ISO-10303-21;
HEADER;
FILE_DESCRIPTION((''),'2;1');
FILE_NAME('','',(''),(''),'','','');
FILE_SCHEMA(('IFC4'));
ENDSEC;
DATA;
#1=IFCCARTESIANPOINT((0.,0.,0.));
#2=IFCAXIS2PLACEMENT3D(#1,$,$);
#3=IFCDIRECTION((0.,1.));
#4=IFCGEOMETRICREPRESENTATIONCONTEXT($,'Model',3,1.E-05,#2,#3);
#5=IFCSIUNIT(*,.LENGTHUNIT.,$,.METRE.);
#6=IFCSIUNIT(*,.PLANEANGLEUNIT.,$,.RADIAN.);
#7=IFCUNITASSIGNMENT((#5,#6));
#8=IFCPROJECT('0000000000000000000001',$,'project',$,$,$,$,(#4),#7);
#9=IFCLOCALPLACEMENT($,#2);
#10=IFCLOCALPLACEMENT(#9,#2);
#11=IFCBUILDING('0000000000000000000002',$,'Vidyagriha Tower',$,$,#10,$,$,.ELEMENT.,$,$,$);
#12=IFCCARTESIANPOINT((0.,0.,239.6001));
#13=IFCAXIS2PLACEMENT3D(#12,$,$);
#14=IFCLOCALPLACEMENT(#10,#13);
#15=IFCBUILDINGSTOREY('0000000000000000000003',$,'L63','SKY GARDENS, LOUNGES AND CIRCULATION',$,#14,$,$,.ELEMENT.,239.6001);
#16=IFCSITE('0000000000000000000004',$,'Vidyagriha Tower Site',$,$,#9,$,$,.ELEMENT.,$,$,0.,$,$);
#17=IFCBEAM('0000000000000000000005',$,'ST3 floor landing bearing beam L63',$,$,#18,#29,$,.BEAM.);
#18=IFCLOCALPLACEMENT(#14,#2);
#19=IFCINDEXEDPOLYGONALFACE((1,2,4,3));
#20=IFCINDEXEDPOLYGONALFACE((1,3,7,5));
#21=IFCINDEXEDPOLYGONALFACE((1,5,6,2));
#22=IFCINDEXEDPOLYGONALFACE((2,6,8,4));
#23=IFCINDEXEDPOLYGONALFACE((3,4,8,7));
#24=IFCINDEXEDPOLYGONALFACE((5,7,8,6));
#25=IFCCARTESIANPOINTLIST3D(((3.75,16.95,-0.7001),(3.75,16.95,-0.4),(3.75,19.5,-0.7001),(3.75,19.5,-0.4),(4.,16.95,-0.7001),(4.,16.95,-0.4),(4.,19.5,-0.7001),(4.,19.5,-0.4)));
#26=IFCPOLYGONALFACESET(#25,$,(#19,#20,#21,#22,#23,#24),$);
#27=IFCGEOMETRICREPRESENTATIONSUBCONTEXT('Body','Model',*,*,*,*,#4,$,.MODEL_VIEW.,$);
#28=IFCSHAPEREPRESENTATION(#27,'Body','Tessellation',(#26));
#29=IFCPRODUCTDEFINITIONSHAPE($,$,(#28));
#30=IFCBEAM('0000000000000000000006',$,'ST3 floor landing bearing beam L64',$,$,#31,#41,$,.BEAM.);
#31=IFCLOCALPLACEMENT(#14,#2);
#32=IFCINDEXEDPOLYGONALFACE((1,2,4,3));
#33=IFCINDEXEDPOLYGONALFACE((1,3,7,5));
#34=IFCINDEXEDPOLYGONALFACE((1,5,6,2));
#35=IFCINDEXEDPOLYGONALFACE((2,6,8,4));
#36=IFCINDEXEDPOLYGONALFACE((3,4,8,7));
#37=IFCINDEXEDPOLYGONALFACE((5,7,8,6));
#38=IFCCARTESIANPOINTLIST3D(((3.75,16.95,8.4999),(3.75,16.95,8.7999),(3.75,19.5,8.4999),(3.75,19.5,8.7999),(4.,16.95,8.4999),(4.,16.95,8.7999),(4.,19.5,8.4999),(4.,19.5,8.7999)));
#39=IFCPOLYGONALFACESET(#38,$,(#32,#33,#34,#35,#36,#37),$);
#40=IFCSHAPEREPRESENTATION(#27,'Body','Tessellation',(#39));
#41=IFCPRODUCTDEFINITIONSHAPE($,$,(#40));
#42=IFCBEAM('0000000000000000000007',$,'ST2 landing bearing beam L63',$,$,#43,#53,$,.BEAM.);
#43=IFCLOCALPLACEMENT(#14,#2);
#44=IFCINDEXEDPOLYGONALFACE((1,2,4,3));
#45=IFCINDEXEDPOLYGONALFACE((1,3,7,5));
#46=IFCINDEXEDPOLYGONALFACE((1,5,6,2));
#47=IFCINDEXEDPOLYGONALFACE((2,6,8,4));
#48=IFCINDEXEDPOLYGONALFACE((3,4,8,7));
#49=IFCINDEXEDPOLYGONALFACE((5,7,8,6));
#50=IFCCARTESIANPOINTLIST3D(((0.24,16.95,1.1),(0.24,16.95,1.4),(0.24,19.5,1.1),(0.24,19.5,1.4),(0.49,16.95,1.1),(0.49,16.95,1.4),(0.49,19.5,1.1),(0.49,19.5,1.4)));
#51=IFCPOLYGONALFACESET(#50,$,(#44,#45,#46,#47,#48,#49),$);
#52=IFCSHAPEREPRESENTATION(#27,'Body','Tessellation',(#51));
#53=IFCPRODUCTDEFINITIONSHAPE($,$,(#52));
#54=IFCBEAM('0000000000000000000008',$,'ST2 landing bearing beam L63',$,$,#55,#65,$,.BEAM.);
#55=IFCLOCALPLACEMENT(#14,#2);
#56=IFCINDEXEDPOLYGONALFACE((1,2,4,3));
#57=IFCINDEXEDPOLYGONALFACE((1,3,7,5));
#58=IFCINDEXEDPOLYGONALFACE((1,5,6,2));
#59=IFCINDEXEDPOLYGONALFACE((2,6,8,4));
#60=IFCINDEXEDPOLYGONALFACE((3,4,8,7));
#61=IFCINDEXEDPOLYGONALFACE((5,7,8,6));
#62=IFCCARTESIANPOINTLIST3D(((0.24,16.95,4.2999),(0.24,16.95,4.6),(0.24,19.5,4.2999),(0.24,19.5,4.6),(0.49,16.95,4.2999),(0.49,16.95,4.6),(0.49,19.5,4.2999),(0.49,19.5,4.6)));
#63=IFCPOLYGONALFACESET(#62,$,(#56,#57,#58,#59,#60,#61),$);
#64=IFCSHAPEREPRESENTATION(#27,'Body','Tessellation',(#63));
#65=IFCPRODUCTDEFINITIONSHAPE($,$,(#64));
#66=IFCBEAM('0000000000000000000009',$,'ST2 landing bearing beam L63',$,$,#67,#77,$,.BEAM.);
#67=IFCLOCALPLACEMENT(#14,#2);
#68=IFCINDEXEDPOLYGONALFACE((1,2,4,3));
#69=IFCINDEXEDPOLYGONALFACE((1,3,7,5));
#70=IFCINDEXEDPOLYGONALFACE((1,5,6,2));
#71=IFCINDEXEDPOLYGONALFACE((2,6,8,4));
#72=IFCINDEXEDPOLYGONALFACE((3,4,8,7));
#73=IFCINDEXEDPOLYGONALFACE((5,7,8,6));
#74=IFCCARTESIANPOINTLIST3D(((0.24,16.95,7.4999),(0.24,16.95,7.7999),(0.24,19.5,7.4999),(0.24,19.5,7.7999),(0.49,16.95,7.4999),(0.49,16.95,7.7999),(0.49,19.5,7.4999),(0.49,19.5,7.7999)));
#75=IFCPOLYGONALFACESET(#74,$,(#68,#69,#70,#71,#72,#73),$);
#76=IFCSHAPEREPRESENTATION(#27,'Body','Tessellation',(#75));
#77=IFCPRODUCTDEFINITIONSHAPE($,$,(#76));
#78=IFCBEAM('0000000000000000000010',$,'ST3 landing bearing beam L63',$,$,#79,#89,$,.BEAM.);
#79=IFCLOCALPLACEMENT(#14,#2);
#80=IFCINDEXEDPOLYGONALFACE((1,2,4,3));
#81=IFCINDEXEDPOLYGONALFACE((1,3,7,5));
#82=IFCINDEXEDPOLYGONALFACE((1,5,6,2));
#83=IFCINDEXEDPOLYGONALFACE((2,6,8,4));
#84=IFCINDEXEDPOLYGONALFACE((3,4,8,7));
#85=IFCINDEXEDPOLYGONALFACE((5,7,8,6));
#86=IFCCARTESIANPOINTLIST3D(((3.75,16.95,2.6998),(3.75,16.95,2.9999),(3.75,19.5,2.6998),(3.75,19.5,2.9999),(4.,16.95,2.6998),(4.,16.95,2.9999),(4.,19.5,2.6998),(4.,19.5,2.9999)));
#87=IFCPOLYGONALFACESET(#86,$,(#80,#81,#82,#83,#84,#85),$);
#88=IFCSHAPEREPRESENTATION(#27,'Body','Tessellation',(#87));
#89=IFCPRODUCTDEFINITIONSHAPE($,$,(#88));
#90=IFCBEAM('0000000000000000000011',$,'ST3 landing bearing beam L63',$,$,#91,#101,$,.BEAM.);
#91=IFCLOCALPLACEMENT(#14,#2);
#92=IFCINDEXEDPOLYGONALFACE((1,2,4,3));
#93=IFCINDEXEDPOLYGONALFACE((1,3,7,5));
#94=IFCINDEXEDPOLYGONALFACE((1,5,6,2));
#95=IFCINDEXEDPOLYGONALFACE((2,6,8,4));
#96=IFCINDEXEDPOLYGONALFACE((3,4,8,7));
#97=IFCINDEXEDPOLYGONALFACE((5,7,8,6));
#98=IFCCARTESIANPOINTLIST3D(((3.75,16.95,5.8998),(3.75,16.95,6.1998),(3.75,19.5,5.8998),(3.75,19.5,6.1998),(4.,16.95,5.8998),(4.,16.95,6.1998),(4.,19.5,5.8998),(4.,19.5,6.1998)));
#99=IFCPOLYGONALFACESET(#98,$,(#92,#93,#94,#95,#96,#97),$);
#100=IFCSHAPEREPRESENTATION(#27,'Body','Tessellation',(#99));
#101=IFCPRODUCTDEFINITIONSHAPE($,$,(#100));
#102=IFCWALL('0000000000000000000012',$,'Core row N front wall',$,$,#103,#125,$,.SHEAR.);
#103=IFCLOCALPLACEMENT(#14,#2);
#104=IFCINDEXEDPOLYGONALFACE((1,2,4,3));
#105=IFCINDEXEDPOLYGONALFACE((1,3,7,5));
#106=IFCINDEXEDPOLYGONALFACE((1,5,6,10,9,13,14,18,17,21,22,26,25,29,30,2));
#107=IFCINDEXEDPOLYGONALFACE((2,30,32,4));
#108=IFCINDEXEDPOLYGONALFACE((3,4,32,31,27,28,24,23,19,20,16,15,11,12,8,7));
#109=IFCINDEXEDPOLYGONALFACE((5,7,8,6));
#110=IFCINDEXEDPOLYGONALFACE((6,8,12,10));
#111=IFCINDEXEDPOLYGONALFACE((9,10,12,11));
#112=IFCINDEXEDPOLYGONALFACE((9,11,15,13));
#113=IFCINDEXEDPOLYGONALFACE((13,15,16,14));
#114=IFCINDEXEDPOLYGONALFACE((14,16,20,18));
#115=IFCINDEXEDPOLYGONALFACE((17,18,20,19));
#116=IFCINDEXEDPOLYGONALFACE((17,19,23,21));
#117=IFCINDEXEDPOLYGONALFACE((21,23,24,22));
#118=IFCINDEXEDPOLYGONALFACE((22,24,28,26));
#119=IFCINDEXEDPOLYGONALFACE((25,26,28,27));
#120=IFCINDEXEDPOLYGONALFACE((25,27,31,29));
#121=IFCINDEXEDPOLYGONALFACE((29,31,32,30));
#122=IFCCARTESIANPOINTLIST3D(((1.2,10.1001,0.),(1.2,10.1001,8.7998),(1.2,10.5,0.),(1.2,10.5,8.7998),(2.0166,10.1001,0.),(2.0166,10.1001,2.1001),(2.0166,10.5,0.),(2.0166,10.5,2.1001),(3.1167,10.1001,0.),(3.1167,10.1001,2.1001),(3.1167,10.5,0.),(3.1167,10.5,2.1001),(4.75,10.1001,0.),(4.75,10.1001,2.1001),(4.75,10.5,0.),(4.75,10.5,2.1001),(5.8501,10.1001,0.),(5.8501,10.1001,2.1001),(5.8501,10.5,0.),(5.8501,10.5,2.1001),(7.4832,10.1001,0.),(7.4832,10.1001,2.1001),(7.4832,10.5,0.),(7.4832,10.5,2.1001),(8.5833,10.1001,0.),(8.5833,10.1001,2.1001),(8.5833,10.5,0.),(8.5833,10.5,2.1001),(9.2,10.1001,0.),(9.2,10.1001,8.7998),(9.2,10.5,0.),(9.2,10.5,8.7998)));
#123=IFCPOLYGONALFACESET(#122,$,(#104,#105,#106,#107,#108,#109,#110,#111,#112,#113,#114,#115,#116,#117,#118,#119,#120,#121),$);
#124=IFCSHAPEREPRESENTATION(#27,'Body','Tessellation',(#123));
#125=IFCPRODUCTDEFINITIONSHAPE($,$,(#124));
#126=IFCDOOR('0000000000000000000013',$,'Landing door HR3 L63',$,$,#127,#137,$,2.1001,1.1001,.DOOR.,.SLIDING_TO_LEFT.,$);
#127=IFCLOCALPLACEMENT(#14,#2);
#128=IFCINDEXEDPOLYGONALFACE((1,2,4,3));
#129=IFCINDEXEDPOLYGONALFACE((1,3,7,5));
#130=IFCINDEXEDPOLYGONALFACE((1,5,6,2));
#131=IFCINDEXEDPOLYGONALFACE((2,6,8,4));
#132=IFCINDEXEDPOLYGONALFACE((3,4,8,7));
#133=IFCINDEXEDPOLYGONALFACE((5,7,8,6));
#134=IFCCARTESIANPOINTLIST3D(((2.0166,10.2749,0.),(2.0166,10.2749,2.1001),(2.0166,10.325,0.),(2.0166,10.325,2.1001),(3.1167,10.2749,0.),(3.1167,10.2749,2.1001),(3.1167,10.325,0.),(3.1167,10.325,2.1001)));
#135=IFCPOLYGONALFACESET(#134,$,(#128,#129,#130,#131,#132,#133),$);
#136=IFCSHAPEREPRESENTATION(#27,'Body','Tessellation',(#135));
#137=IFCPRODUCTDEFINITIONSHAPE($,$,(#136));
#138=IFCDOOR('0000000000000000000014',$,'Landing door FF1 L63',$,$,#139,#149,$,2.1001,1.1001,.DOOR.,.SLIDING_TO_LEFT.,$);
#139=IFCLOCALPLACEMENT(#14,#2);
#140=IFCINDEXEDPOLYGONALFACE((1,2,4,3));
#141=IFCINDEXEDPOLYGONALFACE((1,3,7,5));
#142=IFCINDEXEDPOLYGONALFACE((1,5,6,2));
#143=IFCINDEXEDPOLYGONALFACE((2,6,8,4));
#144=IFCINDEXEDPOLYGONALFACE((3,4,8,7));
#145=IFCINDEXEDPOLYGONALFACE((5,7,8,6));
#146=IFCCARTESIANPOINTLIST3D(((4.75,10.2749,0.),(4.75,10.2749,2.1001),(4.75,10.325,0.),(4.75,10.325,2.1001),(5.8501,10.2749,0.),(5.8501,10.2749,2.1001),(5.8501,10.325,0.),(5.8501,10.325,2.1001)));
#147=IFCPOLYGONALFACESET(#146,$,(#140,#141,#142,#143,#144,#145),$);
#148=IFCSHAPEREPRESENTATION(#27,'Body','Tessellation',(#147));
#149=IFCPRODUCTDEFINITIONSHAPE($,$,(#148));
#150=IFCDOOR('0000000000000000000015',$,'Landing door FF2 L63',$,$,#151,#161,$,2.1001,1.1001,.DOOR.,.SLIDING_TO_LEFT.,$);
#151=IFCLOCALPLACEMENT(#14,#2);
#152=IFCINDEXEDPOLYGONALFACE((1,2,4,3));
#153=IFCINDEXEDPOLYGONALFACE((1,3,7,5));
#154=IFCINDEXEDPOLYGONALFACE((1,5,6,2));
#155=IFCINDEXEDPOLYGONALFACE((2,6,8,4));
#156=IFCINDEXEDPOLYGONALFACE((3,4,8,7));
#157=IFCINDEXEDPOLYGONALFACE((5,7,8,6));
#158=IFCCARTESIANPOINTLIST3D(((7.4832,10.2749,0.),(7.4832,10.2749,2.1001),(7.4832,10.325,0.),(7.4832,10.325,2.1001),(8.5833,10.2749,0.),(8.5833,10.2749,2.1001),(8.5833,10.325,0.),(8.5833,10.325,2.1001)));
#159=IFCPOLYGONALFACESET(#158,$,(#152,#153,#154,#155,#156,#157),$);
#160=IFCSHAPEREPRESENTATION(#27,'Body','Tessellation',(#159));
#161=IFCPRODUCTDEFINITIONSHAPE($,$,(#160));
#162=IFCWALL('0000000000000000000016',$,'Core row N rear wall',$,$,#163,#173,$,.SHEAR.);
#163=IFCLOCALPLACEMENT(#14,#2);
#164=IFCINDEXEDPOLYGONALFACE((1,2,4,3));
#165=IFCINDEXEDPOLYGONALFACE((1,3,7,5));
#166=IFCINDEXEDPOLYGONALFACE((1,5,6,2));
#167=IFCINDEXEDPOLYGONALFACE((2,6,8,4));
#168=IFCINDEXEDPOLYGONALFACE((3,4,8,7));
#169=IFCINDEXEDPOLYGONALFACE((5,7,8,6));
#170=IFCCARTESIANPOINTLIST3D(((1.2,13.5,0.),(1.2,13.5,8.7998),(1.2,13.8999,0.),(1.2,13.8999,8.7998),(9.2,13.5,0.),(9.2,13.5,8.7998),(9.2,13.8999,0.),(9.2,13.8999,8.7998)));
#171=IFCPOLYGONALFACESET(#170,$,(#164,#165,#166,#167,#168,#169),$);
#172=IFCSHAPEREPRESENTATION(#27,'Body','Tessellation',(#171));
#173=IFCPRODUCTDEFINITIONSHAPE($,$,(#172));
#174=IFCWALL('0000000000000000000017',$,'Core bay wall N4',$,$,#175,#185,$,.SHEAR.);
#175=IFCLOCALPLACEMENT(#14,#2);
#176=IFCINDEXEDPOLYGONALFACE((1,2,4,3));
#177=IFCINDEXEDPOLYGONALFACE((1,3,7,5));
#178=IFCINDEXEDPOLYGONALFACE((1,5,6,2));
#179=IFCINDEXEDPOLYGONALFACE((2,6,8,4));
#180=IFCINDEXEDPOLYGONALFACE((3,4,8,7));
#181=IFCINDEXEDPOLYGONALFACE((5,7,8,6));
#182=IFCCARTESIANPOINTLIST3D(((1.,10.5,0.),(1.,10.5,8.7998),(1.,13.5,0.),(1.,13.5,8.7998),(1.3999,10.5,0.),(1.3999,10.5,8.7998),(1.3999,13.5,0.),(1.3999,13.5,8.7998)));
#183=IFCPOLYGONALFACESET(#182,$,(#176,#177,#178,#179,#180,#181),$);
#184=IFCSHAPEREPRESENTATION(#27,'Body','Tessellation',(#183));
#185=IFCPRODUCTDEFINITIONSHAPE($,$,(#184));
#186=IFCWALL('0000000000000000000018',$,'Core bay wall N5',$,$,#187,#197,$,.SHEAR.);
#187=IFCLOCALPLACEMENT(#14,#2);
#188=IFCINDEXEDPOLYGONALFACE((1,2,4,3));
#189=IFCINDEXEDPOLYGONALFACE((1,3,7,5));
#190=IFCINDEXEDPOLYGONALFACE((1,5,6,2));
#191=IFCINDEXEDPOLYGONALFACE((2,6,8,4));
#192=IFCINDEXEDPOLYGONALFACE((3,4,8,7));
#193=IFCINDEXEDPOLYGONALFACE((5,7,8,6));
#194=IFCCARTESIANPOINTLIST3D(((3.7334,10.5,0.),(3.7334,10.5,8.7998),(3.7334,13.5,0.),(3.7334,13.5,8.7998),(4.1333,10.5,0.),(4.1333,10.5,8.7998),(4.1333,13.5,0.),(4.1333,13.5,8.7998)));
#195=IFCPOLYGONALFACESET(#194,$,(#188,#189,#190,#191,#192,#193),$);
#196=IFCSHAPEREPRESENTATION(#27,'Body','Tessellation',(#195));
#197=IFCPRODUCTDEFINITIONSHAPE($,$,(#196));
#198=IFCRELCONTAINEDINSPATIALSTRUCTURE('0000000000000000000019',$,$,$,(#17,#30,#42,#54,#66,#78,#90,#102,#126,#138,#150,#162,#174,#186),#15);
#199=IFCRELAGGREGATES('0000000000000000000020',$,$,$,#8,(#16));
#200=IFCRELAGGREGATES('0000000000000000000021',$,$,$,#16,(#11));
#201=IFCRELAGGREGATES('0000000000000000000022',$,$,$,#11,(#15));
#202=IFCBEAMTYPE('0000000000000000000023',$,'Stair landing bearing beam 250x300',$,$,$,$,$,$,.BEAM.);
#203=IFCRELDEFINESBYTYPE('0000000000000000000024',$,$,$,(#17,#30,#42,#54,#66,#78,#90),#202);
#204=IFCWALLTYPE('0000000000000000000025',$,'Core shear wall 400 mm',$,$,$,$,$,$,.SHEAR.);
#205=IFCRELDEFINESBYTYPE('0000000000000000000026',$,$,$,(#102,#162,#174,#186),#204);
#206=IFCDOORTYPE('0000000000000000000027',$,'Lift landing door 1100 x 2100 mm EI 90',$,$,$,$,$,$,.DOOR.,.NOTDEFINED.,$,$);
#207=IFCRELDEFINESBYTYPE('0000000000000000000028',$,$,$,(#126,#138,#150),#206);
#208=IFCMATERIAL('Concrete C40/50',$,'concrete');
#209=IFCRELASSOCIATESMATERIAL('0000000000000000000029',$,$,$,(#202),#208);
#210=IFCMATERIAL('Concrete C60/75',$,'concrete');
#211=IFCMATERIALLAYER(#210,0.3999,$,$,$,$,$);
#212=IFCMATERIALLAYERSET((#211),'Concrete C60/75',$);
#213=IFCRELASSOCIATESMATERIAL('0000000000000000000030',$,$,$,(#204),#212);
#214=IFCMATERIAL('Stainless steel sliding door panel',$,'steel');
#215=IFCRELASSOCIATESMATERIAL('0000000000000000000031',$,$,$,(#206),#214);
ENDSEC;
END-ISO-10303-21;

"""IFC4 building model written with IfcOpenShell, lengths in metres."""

from ifc_helpers import new_model, si_unit, direction, frame, frame_2d, origin, origin_2d, place, context, subcontext, project, spatial, rectangle, extrude, material, layer, layer_set, material_profile, profile_set, type_object, element, fill, save


model = new_model("IFC4")

# Units and contexts
model_context = context("Model", 3, precision=1e-05, world=origin(), true_north=direction((0.0, 1.0)))
body_context = subcontext(model_context, "Body", "Model", "MODEL_VIEW")
ifc_project = project(units=[si_unit("LENGTHUNIT", "METRE"), si_unit("PLANEANGLEUNIT", "RADIAN")], contexts=[model_context])

# Site, building, storey
site_placement = place(None, origin())
site = spatial("IfcSite", under=ifc_project, at=site_placement, Name="Vidyagriha Tower Site", CompositionType="ELEMENT", RefElevation=0.0)
building_placement = place(site_placement, origin())
building = spatial("IfcBuilding", under=site, at=building_placement, Name="Vidyagriha Tower", CompositionType="ELEMENT")
storey_placement = place(building_placement, frame((0.0, 0.0, 239.6001)))
storey = spatial("IfcBuildingStorey", under=building, at=storey_placement, Name="L63", Description="SKY GARDENS, LOUNGES AND CIRCULATION", CompositionType="ELEMENT", Elevation=239.6001)

# Beams
ifc_material_1 = material(Name="Concrete C40/50", Category="concrete")
ifc_material_profile = material_profile(ifc_material_1, rectangle(XDim=0.25, YDim=0.3, at=origin_2d()), Name="Stair landing bearing beam 250x300")
ifc_profile_set = profile_set([ifc_material_profile], Name="Concrete C40/50")
beam_type = type_object("IfcBeamType", Name="Stair landing bearing beam 250x300", PredefinedType="BEAM", material=ifc_profile_set)
for number, where, z_axis, x_axis, name in (
    (1, (3.875, 16.95, -0.55), (0.0, 1.0, 0.0), (-1.0, 0.0, 0.0), "ST3 floor landing bearing beam L63"),
    (2, (3.875, 16.95, 8.6499), (0.0, 1.0, 0.0), (-1.0, 0.0, 0.0), "ST3 floor landing bearing beam L64"),
    (3, (0.365, 16.95, 1.25), (0.0, 1.0, 0.0), (-1.0, 0.0, 0.0), "ST2 landing bearing beam L63"),
    (4, (0.365, 16.95, 4.45), (0.0, 1.0, 0.0), (-1.0, 0.0, 0.0), "ST2 landing bearing beam L63"),
    (5, (0.365, 16.95, 7.6499), (0.0, 1.0, 0.0), (-1.0, 0.0, 0.0), "ST2 landing bearing beam L63"),
    (6, (3.875, 16.95, 2.8499), (0.0, 1.0, 0.0), (-1.0, 0.0, 0.0), "ST3 landing bearing beam L63"),
    (7, (3.875, 16.95, 6.0498), (0.0, 1.0, 0.0), (-1.0, 0.0, 0.0), "ST3 landing bearing beam L63"),
):
    element("IfcBeam", number, at=place(storey_placement, frame(where, z_axis=z_axis, x_axis=x_axis)), inside=storey, type_object=beam_type, Name=name, PredefinedType="BEAM", context=body_context, shape_type="SweptSolid", body=[
        extrude(rectangle(XDim=0.25, YDim=0.3, at=origin_2d()), origin(), (0.0, 0.0, 1.0), 2.55),
    ])

# Wall, openings, doors
ifc_material_2 = material(Name="Concrete C60/75", Category="concrete")
ifc_layer_1 = layer(ifc_material_2, 0.3999)
ifc_layer_set_1 = layer_set([ifc_layer_1], Name="Concrete C60/75")
wall_type_1 = type_object("IfcWallType", Name="Core shear wall 400 mm", PredefinedType="SHEAR", material=ifc_layer_set_1)
wall_1_placement = place(storey_placement, frame((1.2, 10.3, 0.0)))
wall_1 = element("IfcWall", 8, at=wall_1_placement, inside=storey, type_object=wall_type_1, Name="Core row N front wall", PredefinedType="SHEAR", context=body_context, shape_type="SweptSolid", body=[
    extrude(rectangle(XDim=8.0, YDim=0.3999, at=frame_2d((4.0, 0.0))), origin(), (0.0, 0.0, 1.0), 8.7998),
])
opening_1_placement = place(wall_1_placement, frame((0.8167, 0.0, 0.0)))
opening_1 = element("IfcOpeningElement", 9, at=opening_1_placement, cuts=wall_1, PredefinedType="OPENING", context=body_context, shape_type="SweptSolid", body=[
    extrude(rectangle(XDim=1.1001, YDim=2.1001, at=frame_2d((0.55, 1.05))), frame((0.0, 0.21, 0.0), z_axis=(0.0, -1.0, 0.0), x_axis=(1.0, 0.0, 0.0)), (0.0, 0.0, 1.0), 0.4199),
])
opening_2_placement = place(wall_1_placement, frame((3.55, 0.0, 0.0)))
opening_2 = element("IfcOpeningElement", 10, at=opening_2_placement, cuts=wall_1, PredefinedType="OPENING", context=body_context, shape_type="SweptSolid", body=[
    extrude(rectangle(XDim=1.1001, YDim=2.1001, at=frame_2d((0.55, 1.05))), frame((0.0, 0.21, 0.0), z_axis=(0.0, -1.0, 0.0), x_axis=(1.0, 0.0, 0.0)), (0.0, 0.0, 1.0), 0.4199),
])
opening_3_placement = place(wall_1_placement, frame((6.2832, 0.0, 0.0)))
opening_3 = element("IfcOpeningElement", 11, at=opening_3_placement, cuts=wall_1, PredefinedType="OPENING", context=body_context, shape_type="SweptSolid", body=[
    extrude(rectangle(XDim=1.1001, YDim=2.1001, at=frame_2d((0.55, 1.05))), frame((0.0, 0.21, 0.0), z_axis=(0.0, -1.0, 0.0), x_axis=(1.0, 0.0, 0.0)), (0.0, 0.0, 1.0), 0.4199),
])
ifc_material_3 = material(Name="Stainless steel sliding door panel", Category="steel")
door_type = type_object("IfcDoorType", Name="Lift landing door 1100 x 2100 mm EI 90", OperationType="NOTDEFINED", PredefinedType="DOOR", material=ifc_material_3)
door_1_placement = place(opening_1_placement, origin())
door_1 = element("IfcDoor", 12, at=door_1_placement, inside=storey, type_object=door_type, Name="Landing door HR3 L63", OperationType="SLIDING_TO_LEFT", OverallHeight=2.1001, OverallWidth=1.1001, PredefinedType="DOOR", context=body_context, shape_type="SweptSolid", body=[
    extrude(rectangle(XDim=1.1001, YDim=2.1001, at=frame_2d((0.55, 1.05))), frame((0.0, 0.0249, 0.0), z_axis=(0.0, -1.0, 0.0), x_axis=(1.0, 0.0, 0.0)), (0.0, 0.0, 1.0), 0.05),
])
fill(opening_1, door_1)
door_2_placement = place(opening_2_placement, origin())
door_2 = element("IfcDoor", 13, at=door_2_placement, inside=storey, type_object=door_type, Name="Landing door FF1 L63", OperationType="SLIDING_TO_LEFT", OverallHeight=2.1001, OverallWidth=1.1001, PredefinedType="DOOR", context=body_context, shape_type="SweptSolid", body=[
    extrude(rectangle(XDim=1.1001, YDim=2.1001, at=frame_2d((0.55, 1.05))), frame((0.0, 0.0249, 0.0), z_axis=(0.0, -1.0, 0.0), x_axis=(1.0, 0.0, 0.0)), (0.0, 0.0, 1.0), 0.05),
])
fill(opening_2, door_2)
door_3_placement = place(opening_3_placement, origin())
door_3 = element("IfcDoor", 14, at=door_3_placement, inside=storey, type_object=door_type, Name="Landing door FF2 L63", OperationType="SLIDING_TO_LEFT", OverallHeight=2.1001, OverallWidth=1.1001, PredefinedType="DOOR", context=body_context, shape_type="SweptSolid", body=[
    extrude(rectangle(XDim=1.1001, YDim=2.1001, at=frame_2d((0.55, 1.05))), frame((0.0, 0.0249, 0.0), z_axis=(0.0, -1.0, 0.0), x_axis=(1.0, 0.0, 0.0)), (0.0, 0.0, 1.0), 0.05),
])
fill(opening_3, door_3)

# Walls
wall_2_placement = place(storey_placement, frame((1.2, 13.7, 0.0)))
element("IfcWall", 15, at=wall_2_placement, inside=storey, type_object=wall_type_1, Name="Core row N rear wall", PredefinedType="SHEAR", context=body_context, shape_type="SweptSolid", body=[
    extrude(rectangle(XDim=8.0, YDim=0.3999, at=frame_2d((4.0, 0.0))), origin(), (0.0, 0.0, 1.0), 8.7998),
])
for number, where, z_axis, x_axis, name in (
    (16, (1.2, 10.5, 0.0), (0.0, 0.0, 1.0), (0.0, 1.0, 0.0), "Core bay wall N4"),
    (17, (3.9333, 10.5, 0.0), (0.0, 0.0, 1.0), (0.0, 1.0, 0.0), "Core bay wall N5"),
):
    element("IfcWall", number, at=place(storey_placement, frame(where, z_axis=z_axis, x_axis=x_axis)), inside=storey, type_object=wall_type_1, Name=name, PredefinedType="SHEAR", context=body_context, shape_type="SweptSolid", body=[
        extrude(rectangle(XDim=3.0, YDim=0.3999, at=frame_2d((1.5, 0.0))), origin(), (0.0, 0.0, 1.0), 8.7998),
    ])

save(model, "model.ifc")
